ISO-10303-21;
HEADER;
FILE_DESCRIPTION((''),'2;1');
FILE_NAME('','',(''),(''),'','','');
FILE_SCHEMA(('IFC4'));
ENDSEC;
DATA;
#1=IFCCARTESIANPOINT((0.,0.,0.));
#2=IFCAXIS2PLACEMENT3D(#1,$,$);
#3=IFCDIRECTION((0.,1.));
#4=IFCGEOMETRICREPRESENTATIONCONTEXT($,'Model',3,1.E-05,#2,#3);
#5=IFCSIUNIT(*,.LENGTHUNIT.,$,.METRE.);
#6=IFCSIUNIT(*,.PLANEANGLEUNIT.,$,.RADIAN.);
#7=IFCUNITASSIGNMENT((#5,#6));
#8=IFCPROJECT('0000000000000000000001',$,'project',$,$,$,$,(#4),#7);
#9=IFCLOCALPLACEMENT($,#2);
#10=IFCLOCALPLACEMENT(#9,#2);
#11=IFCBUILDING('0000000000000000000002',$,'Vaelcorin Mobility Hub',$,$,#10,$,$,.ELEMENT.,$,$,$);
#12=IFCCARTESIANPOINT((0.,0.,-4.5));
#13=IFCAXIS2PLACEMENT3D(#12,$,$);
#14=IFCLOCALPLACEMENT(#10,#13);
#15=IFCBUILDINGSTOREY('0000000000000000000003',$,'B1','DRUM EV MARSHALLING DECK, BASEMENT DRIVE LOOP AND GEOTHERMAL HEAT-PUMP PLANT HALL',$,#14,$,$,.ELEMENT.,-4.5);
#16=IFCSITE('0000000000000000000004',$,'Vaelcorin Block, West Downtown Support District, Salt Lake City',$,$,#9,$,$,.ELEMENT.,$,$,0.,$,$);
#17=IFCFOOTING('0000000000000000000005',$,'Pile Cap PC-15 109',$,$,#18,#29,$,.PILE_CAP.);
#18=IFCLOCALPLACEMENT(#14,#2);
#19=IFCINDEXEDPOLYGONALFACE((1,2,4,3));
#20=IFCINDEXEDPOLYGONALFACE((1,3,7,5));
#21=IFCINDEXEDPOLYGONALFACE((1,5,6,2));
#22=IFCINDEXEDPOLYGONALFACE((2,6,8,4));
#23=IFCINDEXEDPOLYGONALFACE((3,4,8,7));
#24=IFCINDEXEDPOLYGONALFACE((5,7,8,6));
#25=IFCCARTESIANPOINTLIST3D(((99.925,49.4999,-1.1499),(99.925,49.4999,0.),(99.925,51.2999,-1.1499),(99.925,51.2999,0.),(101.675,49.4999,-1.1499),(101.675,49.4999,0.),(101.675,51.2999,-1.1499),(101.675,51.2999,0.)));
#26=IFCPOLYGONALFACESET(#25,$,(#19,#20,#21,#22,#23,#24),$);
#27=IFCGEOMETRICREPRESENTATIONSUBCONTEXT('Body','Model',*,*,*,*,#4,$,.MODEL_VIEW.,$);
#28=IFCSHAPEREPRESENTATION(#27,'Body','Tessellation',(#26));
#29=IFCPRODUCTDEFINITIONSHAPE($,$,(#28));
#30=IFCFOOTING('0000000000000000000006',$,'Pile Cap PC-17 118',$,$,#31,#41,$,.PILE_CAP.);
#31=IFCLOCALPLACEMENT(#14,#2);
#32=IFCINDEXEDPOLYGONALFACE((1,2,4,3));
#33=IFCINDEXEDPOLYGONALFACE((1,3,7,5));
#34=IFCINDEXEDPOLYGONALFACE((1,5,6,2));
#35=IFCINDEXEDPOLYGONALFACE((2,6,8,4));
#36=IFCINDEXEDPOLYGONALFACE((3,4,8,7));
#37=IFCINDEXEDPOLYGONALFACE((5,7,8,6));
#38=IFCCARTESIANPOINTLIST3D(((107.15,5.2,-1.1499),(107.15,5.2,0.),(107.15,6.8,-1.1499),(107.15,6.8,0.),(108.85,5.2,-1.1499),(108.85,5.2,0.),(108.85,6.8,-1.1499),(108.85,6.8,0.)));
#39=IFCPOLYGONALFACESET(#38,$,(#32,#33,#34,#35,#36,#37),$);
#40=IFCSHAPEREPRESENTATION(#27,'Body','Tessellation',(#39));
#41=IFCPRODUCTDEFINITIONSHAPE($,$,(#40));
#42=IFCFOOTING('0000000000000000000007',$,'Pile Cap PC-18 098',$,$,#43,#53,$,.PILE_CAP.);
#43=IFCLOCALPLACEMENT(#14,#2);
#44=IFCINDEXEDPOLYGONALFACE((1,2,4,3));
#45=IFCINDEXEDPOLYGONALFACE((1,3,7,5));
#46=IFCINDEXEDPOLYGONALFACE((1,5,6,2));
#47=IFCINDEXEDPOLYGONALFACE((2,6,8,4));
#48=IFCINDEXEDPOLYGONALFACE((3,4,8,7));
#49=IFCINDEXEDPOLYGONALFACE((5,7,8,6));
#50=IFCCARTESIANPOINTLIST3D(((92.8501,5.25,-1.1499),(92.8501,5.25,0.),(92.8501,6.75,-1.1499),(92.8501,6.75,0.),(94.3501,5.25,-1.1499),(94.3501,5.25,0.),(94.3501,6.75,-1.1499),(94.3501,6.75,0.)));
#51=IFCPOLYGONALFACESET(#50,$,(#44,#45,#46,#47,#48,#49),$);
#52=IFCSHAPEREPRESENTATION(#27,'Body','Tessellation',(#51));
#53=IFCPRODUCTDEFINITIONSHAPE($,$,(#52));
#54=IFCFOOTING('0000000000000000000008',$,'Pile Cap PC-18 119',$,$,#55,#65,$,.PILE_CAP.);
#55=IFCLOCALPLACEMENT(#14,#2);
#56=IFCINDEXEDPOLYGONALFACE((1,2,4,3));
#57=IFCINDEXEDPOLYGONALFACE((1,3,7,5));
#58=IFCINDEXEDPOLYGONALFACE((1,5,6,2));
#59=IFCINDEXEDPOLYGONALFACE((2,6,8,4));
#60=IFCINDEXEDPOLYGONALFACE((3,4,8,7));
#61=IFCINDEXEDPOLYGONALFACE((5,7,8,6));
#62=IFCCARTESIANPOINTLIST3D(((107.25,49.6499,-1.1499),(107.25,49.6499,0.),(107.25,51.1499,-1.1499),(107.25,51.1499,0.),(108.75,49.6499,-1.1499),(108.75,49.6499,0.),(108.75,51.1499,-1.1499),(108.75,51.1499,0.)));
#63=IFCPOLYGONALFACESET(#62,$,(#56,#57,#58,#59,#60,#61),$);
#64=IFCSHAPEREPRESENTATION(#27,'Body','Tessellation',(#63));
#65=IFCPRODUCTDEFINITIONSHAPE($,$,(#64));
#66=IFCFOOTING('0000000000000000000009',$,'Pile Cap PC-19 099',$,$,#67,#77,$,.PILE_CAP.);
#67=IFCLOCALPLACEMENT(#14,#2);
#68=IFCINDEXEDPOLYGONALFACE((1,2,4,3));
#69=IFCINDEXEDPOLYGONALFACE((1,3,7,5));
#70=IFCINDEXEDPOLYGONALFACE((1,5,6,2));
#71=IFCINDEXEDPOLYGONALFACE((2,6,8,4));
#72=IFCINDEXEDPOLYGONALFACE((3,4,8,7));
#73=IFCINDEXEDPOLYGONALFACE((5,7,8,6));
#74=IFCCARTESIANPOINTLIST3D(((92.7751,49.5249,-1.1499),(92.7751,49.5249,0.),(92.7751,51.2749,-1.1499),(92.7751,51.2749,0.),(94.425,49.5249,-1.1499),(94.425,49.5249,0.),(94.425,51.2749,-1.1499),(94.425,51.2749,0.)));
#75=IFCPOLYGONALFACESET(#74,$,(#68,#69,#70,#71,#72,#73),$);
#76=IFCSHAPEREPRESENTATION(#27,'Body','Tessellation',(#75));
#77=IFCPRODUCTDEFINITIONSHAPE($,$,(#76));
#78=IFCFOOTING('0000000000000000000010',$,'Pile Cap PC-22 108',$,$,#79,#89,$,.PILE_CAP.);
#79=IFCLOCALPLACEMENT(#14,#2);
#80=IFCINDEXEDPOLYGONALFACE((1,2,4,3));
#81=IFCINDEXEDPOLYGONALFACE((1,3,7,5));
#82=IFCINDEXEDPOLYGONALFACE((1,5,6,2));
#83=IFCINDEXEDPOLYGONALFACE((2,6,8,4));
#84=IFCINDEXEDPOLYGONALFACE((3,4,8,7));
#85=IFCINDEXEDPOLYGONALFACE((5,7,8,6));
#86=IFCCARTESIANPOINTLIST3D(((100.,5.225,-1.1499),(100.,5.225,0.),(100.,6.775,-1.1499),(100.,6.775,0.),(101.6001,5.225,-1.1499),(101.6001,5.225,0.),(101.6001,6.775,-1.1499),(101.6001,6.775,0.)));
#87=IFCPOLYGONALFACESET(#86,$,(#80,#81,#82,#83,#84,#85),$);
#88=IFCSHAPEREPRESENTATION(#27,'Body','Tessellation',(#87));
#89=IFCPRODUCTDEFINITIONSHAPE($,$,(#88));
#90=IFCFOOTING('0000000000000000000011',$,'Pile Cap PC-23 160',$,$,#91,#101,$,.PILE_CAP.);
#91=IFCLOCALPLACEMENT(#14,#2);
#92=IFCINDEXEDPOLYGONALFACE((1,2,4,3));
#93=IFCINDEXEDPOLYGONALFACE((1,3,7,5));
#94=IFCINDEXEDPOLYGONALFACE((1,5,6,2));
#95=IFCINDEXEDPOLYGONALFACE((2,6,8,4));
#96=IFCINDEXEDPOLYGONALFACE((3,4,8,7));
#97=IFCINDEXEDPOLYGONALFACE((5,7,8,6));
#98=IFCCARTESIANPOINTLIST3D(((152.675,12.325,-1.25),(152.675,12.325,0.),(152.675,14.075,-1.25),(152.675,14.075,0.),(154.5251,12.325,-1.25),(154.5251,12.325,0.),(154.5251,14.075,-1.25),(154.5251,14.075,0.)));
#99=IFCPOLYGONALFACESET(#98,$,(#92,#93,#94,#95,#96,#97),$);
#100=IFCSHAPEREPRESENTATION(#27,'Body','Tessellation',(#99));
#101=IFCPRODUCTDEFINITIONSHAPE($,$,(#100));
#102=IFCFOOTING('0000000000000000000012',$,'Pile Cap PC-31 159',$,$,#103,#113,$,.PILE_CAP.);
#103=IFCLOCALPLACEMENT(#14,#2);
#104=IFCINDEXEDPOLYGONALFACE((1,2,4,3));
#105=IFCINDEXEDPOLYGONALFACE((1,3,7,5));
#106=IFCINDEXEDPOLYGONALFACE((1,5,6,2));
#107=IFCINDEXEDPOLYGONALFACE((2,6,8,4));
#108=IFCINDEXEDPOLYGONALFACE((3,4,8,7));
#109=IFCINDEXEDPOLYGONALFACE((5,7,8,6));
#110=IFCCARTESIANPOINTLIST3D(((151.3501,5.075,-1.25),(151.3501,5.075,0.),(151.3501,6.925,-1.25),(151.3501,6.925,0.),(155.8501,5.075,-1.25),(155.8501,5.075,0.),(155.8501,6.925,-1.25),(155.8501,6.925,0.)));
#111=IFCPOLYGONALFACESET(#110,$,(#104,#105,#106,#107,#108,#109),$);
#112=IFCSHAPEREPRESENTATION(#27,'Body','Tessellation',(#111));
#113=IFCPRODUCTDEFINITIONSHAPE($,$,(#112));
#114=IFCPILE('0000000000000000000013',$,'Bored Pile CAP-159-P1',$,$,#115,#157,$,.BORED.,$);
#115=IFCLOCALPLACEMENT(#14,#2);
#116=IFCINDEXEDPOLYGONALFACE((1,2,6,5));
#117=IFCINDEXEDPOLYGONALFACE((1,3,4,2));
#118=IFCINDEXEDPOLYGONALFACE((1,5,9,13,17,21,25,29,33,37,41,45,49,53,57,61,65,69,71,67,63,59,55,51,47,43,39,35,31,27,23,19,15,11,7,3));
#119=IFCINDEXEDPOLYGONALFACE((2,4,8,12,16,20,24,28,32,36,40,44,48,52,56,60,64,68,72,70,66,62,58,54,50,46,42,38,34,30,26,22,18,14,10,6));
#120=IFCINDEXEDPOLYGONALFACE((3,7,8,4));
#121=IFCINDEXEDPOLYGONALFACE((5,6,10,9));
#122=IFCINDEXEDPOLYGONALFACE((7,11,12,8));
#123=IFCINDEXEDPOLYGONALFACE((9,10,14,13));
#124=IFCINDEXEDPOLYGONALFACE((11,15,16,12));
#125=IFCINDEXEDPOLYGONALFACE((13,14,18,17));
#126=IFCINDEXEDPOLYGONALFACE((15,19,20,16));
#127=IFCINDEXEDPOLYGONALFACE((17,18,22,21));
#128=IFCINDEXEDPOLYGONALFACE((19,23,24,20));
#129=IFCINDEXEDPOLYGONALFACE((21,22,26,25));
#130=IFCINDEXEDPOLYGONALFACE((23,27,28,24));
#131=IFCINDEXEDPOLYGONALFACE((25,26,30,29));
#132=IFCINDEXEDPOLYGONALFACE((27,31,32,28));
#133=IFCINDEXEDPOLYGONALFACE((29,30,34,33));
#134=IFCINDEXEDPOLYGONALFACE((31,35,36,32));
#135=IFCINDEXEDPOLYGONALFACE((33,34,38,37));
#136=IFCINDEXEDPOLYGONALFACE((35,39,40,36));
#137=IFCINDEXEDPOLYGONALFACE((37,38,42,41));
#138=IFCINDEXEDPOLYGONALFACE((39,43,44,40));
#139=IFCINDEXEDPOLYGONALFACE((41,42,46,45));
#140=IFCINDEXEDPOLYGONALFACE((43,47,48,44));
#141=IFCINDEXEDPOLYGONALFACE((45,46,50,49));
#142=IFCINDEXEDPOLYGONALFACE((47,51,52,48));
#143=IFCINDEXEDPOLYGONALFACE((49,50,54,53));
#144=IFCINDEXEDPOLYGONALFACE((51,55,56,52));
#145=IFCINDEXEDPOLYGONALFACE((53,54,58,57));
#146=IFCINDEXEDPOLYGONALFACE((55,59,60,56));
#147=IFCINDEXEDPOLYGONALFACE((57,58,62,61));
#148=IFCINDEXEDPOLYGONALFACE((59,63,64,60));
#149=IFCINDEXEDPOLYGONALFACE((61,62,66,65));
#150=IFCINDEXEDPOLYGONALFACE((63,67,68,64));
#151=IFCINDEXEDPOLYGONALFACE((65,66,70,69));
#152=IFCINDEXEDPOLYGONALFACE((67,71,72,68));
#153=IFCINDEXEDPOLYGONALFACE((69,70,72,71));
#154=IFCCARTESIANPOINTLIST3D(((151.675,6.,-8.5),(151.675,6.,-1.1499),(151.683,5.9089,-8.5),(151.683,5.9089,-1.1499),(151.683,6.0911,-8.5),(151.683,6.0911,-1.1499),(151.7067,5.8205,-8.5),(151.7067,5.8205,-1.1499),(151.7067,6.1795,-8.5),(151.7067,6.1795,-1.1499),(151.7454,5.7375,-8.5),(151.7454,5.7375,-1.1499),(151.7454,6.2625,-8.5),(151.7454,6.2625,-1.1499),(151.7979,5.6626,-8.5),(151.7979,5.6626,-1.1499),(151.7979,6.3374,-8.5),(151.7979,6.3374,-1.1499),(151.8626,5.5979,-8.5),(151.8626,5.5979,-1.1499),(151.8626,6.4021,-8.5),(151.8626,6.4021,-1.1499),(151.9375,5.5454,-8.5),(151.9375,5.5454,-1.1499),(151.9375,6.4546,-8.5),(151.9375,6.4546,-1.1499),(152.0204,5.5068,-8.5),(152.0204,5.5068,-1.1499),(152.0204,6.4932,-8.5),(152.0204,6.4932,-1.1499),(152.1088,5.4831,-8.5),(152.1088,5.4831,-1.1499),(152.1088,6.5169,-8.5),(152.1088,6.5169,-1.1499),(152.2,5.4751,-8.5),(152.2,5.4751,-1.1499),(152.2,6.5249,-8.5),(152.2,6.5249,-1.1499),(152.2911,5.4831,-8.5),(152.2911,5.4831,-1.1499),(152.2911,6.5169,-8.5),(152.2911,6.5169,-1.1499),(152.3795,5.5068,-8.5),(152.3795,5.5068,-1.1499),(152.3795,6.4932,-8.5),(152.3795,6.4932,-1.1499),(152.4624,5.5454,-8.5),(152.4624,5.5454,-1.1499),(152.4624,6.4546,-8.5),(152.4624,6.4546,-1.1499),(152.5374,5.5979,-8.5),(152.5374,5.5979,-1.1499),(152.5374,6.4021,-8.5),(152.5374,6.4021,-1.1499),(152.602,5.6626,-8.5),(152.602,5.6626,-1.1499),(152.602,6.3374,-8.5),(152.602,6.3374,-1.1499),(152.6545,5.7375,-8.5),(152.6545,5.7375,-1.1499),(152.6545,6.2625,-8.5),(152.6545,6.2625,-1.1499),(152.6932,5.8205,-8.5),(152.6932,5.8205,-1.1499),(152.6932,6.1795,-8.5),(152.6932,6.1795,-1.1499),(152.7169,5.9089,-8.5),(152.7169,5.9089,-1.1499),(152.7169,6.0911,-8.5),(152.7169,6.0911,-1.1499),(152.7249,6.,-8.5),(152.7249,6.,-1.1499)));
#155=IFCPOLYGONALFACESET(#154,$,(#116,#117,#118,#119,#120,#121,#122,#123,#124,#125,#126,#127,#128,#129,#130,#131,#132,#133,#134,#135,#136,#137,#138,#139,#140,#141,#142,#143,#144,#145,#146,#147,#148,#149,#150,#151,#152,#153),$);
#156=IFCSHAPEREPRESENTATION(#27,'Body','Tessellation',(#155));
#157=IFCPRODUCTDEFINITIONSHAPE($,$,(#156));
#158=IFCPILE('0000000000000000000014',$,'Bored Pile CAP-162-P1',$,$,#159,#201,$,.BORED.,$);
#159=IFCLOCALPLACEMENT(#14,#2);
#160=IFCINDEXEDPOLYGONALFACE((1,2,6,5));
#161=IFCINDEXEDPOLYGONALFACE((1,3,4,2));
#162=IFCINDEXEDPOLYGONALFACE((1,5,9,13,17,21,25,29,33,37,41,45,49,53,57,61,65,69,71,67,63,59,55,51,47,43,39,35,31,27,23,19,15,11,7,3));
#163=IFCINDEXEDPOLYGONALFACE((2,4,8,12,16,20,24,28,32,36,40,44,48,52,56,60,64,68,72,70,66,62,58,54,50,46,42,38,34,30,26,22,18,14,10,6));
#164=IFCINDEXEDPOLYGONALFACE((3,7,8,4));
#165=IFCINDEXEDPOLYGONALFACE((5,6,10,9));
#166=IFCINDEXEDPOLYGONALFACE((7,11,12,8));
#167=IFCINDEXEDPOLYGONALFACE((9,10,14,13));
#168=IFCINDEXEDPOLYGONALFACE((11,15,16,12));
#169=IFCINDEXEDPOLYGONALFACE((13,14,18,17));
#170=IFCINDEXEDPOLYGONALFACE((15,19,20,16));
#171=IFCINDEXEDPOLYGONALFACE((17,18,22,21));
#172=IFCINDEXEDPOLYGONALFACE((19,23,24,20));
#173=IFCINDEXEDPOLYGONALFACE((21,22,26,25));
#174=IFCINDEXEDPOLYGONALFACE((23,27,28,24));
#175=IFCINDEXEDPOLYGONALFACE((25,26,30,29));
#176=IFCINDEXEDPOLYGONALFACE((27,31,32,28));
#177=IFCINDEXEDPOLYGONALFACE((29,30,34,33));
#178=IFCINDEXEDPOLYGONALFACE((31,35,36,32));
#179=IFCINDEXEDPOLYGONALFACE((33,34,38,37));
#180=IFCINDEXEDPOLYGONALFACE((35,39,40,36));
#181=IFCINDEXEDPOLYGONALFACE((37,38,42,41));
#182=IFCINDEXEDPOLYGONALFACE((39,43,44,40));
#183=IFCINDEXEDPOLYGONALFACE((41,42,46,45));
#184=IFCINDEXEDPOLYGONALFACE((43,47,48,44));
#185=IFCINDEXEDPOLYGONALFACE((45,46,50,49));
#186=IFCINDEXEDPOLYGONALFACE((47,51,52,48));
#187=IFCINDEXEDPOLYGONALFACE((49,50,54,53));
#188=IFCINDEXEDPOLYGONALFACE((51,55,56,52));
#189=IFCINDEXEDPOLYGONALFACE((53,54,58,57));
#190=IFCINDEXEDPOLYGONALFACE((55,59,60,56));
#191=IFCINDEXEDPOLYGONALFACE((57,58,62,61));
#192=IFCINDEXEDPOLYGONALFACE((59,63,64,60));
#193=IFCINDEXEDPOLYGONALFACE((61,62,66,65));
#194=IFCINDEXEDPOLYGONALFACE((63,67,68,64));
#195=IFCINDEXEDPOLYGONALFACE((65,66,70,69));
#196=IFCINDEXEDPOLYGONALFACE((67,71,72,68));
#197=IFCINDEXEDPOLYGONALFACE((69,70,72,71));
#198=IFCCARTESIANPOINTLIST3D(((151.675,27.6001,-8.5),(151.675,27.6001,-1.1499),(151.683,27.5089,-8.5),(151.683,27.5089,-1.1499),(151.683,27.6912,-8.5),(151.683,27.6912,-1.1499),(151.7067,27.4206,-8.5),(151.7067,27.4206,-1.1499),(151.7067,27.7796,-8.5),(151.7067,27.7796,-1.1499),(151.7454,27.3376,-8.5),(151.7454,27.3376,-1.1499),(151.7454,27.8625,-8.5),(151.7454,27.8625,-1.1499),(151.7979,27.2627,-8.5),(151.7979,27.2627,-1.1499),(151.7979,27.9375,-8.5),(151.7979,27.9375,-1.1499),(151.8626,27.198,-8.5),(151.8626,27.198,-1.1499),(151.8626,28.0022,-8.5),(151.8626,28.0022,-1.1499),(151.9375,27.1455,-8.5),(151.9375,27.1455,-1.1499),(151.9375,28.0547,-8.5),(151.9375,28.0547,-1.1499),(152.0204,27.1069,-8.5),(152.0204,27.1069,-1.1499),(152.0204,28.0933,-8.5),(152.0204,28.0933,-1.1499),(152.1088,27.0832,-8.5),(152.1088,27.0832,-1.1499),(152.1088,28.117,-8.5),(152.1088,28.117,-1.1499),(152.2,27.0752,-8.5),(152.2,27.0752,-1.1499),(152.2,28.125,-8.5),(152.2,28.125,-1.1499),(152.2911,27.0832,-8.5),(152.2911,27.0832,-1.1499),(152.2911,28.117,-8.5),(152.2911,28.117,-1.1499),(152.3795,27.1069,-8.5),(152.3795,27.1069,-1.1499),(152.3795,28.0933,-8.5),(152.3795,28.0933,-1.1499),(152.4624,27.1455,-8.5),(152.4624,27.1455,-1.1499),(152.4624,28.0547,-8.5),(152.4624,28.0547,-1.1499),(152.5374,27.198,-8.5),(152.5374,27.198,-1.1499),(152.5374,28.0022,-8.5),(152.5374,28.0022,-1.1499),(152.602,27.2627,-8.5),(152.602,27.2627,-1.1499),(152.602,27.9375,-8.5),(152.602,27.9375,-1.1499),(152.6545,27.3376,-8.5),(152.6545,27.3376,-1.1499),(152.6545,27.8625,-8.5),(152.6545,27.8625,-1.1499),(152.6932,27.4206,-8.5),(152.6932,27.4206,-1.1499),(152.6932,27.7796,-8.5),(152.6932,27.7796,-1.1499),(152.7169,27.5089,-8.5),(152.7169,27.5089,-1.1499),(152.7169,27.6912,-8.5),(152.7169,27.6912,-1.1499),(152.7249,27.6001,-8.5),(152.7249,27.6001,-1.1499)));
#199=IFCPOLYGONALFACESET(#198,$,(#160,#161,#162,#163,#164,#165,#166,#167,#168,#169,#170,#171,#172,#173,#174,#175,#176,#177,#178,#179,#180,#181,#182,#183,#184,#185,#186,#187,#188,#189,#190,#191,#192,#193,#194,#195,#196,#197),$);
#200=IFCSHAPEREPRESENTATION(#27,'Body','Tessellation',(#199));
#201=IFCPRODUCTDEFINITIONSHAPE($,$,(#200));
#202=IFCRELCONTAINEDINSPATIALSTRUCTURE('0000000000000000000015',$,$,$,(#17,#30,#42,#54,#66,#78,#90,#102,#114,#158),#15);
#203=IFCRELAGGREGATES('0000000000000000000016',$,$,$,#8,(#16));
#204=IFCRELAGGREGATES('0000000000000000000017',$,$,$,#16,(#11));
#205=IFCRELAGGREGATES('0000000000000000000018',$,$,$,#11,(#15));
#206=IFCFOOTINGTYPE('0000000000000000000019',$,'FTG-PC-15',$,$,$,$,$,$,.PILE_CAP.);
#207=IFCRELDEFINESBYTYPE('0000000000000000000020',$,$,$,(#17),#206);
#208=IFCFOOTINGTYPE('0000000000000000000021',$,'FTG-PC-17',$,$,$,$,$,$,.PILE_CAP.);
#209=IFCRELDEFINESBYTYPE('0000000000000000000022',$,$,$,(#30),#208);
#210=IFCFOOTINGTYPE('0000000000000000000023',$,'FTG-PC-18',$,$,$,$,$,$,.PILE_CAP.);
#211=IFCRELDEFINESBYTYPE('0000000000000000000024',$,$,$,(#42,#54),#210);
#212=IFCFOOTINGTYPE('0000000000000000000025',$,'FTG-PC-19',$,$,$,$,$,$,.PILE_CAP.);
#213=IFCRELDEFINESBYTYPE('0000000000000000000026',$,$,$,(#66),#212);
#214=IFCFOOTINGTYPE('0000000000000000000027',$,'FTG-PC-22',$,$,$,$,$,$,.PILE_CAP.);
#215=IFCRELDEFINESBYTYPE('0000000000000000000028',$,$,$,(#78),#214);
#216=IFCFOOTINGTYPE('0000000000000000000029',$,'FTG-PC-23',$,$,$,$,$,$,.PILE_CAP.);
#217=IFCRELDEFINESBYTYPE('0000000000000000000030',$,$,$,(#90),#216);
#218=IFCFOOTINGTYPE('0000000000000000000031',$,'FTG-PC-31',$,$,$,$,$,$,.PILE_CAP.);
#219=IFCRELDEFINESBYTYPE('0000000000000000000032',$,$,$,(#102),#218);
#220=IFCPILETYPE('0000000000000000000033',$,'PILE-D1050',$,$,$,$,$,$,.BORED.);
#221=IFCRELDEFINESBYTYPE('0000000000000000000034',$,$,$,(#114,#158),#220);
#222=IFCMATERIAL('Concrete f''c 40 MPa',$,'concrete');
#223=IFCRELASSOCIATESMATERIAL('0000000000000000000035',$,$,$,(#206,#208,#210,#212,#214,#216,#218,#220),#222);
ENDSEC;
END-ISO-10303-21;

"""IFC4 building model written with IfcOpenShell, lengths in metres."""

from ifc_helpers import new_model, si_unit, direction, frame, origin, origin_2d, place, context, subcontext, project, spatial, rectangle, circle, extrude, material, material_profile, profile_set, type_object, element, save


model = new_model("IFC4")

# Units and contexts
model_context = context("Model", 3, precision=1e-05, world=origin(), true_north=direction((0.0, 1.0)))
body_context = subcontext(model_context, "Body", "Model", "MODEL_VIEW")
ifc_project = project(units=[si_unit("LENGTHUNIT", "METRE"), si_unit("PLANEANGLEUNIT", "RADIAN")], contexts=[model_context])

# Site, building, storey
site_placement = place(None, origin())
site = spatial("IfcSite", under=ifc_project, at=site_placement, Name="Vaelcorin Block, West Downtown Support District, Salt Lake City", CompositionType="ELEMENT", RefElevation=0.0)
building_placement = place(site_placement, origin())
building = spatial("IfcBuilding", under=site, at=building_placement, Name="Vaelcorin Mobility Hub", CompositionType="ELEMENT")
storey_placement = place(building_placement, frame((0.0, 0.0, -4.5)))
storey = spatial("IfcBuildingStorey", under=building, at=storey_placement, Name="B1", Description="DRUM EV MARSHALLING DECK, BASEMENT DRIVE LOOP AND GEOTHERMAL HEAT-PUMP PLANT HALL", CompositionType="ELEMENT", Elevation=-4.5)

# Footings
ifc_material_1 = material(Name="Concrete f'c 40 MPa", Category="concrete")
footing_type_1 = type_object("IfcFootingType", Name="FTG-PC-15", PredefinedType="PILE_CAP", material=ifc_material_1)
footing_1_placement = place(storey_placement, frame((100.8, 50.3999, -1.1499), z_axis=(0.0, 0.0, 1.0), x_axis=(1.0, 0.0, 0.0)))
element("IfcFooting", 1, at=footing_1_placement, inside=storey, type_object=footing_type_1, Name="Pile Cap PC-15 109", PredefinedType="PILE_CAP", context=body_context, shape_type="SweptSolid", body=[
    extrude(rectangle(XDim=1.75, YDim=1.8, at=origin_2d()), origin(), (0.0, 0.0, 1.0), 1.1499),
])
footing_type_2 = type_object("IfcFootingType", Name="FTG-PC-17", PredefinedType="PILE_CAP", material=ifc_material_1)
footing_2_placement = place(storey_placement, frame((108.0, 6.0, -1.1499), z_axis=(0.0, 0.0, 1.0), x_axis=(1.0, 0.0, 0.0)))
element("IfcFooting", 2, at=footing_2_placement, inside=storey, type_object=footing_type_2, Name="Pile Cap PC-17 118", PredefinedType="PILE_CAP", context=body_context, shape_type="SweptSolid", body=[
    extrude(rectangle(XDim=1.7, YDim=1.6001, at=origin_2d()), origin(), (0.0, 0.0, 1.0), 1.1499),
])
footing_type_3 = type_object("IfcFootingType", Name="FTG-PC-18", PredefinedType="PILE_CAP", material=ifc_material_1)
for number, where, z_axis, x_axis, name in (
    (3, (93.6001, 6.0, -1.1499), (0.0, 0.0, 1.0), (1.0, 0.0, 0.0), "Pile Cap PC-18 098"),
    (4, (108.0, 50.3999, -1.1499), (0.0, 0.0, 1.0), (1.0, 0.0, 0.0), "Pile Cap PC-18 119"),
):
    element("IfcFooting", number, at=place(storey_placement, frame(where, z_axis=z_axis, x_axis=x_axis)), inside=storey, type_object=footing_type_3, Name=name, PredefinedType="PILE_CAP", context=body_context, shape_type="SweptSolid", body=[
        extrude(rectangle(XDim=1.5, YDim=1.5, at=origin_2d()), origin(), (0.0, 0.0, 1.0), 1.1499),
    ])
footing_type_4 = type_object("IfcFootingType", Name="FTG-PC-19", PredefinedType="PILE_CAP", material=ifc_material_1)
footing_3_placement = place(storey_placement, frame((93.6001, 50.3999, -1.1499), z_axis=(0.0, 0.0, 1.0), x_axis=(1.0, 0.0, 0.0)))
element("IfcFooting", 5, at=footing_3_placement, inside=storey, type_object=footing_type_4, Name="Pile Cap PC-19 099", PredefinedType="PILE_CAP", context=body_context, shape_type="SweptSolid", body=[
    extrude(rectangle(XDim=1.6499, YDim=1.75, at=origin_2d()), origin(), (0.0, 0.0, 1.0), 1.1499),
])
footing_type_5 = type_object("IfcFootingType", Name="FTG-PC-22", PredefinedType="PILE_CAP", material=ifc_material_1)
footing_4_placement = place(storey_placement, frame((100.8, 6.0, -1.1499), z_axis=(0.0, 0.0, 1.0), x_axis=(1.0, 0.0, 0.0)))
element("IfcFooting", 6, at=footing_4_placement, inside=storey, type_object=footing_type_5, Name="Pile Cap PC-22 108", PredefinedType="PILE_CAP", context=body_context, shape_type="SweptSolid", body=[
    extrude(rectangle(XDim=1.6001, YDim=1.55, at=origin_2d()), origin(), (0.0, 0.0, 1.0), 1.1499),
])
footing_type_6 = type_object("IfcFootingType", Name="FTG-PC-23", PredefinedType="PILE_CAP", material=ifc_material_1)
footing_5_placement = place(storey_placement, frame((153.6001, 13.2, -1.25), z_axis=(0.0, 0.0, 1.0), x_axis=(1.0, 0.0, 0.0)))
element("IfcFooting", 7, at=footing_5_placement, inside=storey, type_object=footing_type_6, Name="Pile Cap PC-23 160", PredefinedType="PILE_CAP", context=body_context, shape_type="SweptSolid", body=[
    extrude(rectangle(XDim=1.8501, YDim=1.75, at=origin_2d()), origin(), (0.0, 0.0, 1.0), 1.25),
])
footing_type_7 = type_object("IfcFootingType", Name="FTG-PC-31", PredefinedType="PILE_CAP", material=ifc_material_1)
footing_6_placement = place(storey_placement, frame((153.6001, 6.0, -1.25), z_axis=(0.0, 0.0, 1.0), x_axis=(1.0, 0.0, 0.0)))
element("IfcFooting", 8, at=footing_6_placement, inside=storey, type_object=footing_type_7, Name="Pile Cap PC-31 159", PredefinedType="PILE_CAP", context=body_context, shape_type="SweptSolid", body=[
    extrude(rectangle(XDim=4.5, YDim=1.8501, at=origin_2d()), origin(), (0.0, 0.0, 1.0), 1.25),
])

# Piles
ifc_material_profile_1 = material_profile(ifc_material_1, circle(Radius=0.5249, at=origin_2d()), Name="BP-D1050")
ifc_profile_set_1 = profile_set([ifc_material_profile_1], Name="Concrete f'c 40 MPa")
pile_type_1 = type_object("IfcPileType", Name="PILE-D1050", PredefinedType="BORED", material=ifc_profile_set_1)
for number, where, z_axis, x_axis, name in (
    (9, (152.2, 6.0, -1.1499), (0.0, 0.0, -1.0), (1.0, 0.0, 0.0), "Bored Pile CAP-159-P1"),
    (10, (152.2, 27.6001, -1.1499), (0.0, 0.0, -1.0), (1.0, 0.0, 0.0), "Bored Pile CAP-162-P1"),
):
    element("IfcPile", number, at=place(storey_placement, frame(where, z_axis=z_axis, x_axis=x_axis)), inside=storey, type_object=pile_type_1, Name=name, PredefinedType="BORED", context=body_context, shape_type="SweptSolid", body=[
        extrude(circle(Radius=0.5249, at=origin_2d()), origin(), (0.0, 0.0, 1.0), 7.3501),
    ])

save(model, "model.ifc")
